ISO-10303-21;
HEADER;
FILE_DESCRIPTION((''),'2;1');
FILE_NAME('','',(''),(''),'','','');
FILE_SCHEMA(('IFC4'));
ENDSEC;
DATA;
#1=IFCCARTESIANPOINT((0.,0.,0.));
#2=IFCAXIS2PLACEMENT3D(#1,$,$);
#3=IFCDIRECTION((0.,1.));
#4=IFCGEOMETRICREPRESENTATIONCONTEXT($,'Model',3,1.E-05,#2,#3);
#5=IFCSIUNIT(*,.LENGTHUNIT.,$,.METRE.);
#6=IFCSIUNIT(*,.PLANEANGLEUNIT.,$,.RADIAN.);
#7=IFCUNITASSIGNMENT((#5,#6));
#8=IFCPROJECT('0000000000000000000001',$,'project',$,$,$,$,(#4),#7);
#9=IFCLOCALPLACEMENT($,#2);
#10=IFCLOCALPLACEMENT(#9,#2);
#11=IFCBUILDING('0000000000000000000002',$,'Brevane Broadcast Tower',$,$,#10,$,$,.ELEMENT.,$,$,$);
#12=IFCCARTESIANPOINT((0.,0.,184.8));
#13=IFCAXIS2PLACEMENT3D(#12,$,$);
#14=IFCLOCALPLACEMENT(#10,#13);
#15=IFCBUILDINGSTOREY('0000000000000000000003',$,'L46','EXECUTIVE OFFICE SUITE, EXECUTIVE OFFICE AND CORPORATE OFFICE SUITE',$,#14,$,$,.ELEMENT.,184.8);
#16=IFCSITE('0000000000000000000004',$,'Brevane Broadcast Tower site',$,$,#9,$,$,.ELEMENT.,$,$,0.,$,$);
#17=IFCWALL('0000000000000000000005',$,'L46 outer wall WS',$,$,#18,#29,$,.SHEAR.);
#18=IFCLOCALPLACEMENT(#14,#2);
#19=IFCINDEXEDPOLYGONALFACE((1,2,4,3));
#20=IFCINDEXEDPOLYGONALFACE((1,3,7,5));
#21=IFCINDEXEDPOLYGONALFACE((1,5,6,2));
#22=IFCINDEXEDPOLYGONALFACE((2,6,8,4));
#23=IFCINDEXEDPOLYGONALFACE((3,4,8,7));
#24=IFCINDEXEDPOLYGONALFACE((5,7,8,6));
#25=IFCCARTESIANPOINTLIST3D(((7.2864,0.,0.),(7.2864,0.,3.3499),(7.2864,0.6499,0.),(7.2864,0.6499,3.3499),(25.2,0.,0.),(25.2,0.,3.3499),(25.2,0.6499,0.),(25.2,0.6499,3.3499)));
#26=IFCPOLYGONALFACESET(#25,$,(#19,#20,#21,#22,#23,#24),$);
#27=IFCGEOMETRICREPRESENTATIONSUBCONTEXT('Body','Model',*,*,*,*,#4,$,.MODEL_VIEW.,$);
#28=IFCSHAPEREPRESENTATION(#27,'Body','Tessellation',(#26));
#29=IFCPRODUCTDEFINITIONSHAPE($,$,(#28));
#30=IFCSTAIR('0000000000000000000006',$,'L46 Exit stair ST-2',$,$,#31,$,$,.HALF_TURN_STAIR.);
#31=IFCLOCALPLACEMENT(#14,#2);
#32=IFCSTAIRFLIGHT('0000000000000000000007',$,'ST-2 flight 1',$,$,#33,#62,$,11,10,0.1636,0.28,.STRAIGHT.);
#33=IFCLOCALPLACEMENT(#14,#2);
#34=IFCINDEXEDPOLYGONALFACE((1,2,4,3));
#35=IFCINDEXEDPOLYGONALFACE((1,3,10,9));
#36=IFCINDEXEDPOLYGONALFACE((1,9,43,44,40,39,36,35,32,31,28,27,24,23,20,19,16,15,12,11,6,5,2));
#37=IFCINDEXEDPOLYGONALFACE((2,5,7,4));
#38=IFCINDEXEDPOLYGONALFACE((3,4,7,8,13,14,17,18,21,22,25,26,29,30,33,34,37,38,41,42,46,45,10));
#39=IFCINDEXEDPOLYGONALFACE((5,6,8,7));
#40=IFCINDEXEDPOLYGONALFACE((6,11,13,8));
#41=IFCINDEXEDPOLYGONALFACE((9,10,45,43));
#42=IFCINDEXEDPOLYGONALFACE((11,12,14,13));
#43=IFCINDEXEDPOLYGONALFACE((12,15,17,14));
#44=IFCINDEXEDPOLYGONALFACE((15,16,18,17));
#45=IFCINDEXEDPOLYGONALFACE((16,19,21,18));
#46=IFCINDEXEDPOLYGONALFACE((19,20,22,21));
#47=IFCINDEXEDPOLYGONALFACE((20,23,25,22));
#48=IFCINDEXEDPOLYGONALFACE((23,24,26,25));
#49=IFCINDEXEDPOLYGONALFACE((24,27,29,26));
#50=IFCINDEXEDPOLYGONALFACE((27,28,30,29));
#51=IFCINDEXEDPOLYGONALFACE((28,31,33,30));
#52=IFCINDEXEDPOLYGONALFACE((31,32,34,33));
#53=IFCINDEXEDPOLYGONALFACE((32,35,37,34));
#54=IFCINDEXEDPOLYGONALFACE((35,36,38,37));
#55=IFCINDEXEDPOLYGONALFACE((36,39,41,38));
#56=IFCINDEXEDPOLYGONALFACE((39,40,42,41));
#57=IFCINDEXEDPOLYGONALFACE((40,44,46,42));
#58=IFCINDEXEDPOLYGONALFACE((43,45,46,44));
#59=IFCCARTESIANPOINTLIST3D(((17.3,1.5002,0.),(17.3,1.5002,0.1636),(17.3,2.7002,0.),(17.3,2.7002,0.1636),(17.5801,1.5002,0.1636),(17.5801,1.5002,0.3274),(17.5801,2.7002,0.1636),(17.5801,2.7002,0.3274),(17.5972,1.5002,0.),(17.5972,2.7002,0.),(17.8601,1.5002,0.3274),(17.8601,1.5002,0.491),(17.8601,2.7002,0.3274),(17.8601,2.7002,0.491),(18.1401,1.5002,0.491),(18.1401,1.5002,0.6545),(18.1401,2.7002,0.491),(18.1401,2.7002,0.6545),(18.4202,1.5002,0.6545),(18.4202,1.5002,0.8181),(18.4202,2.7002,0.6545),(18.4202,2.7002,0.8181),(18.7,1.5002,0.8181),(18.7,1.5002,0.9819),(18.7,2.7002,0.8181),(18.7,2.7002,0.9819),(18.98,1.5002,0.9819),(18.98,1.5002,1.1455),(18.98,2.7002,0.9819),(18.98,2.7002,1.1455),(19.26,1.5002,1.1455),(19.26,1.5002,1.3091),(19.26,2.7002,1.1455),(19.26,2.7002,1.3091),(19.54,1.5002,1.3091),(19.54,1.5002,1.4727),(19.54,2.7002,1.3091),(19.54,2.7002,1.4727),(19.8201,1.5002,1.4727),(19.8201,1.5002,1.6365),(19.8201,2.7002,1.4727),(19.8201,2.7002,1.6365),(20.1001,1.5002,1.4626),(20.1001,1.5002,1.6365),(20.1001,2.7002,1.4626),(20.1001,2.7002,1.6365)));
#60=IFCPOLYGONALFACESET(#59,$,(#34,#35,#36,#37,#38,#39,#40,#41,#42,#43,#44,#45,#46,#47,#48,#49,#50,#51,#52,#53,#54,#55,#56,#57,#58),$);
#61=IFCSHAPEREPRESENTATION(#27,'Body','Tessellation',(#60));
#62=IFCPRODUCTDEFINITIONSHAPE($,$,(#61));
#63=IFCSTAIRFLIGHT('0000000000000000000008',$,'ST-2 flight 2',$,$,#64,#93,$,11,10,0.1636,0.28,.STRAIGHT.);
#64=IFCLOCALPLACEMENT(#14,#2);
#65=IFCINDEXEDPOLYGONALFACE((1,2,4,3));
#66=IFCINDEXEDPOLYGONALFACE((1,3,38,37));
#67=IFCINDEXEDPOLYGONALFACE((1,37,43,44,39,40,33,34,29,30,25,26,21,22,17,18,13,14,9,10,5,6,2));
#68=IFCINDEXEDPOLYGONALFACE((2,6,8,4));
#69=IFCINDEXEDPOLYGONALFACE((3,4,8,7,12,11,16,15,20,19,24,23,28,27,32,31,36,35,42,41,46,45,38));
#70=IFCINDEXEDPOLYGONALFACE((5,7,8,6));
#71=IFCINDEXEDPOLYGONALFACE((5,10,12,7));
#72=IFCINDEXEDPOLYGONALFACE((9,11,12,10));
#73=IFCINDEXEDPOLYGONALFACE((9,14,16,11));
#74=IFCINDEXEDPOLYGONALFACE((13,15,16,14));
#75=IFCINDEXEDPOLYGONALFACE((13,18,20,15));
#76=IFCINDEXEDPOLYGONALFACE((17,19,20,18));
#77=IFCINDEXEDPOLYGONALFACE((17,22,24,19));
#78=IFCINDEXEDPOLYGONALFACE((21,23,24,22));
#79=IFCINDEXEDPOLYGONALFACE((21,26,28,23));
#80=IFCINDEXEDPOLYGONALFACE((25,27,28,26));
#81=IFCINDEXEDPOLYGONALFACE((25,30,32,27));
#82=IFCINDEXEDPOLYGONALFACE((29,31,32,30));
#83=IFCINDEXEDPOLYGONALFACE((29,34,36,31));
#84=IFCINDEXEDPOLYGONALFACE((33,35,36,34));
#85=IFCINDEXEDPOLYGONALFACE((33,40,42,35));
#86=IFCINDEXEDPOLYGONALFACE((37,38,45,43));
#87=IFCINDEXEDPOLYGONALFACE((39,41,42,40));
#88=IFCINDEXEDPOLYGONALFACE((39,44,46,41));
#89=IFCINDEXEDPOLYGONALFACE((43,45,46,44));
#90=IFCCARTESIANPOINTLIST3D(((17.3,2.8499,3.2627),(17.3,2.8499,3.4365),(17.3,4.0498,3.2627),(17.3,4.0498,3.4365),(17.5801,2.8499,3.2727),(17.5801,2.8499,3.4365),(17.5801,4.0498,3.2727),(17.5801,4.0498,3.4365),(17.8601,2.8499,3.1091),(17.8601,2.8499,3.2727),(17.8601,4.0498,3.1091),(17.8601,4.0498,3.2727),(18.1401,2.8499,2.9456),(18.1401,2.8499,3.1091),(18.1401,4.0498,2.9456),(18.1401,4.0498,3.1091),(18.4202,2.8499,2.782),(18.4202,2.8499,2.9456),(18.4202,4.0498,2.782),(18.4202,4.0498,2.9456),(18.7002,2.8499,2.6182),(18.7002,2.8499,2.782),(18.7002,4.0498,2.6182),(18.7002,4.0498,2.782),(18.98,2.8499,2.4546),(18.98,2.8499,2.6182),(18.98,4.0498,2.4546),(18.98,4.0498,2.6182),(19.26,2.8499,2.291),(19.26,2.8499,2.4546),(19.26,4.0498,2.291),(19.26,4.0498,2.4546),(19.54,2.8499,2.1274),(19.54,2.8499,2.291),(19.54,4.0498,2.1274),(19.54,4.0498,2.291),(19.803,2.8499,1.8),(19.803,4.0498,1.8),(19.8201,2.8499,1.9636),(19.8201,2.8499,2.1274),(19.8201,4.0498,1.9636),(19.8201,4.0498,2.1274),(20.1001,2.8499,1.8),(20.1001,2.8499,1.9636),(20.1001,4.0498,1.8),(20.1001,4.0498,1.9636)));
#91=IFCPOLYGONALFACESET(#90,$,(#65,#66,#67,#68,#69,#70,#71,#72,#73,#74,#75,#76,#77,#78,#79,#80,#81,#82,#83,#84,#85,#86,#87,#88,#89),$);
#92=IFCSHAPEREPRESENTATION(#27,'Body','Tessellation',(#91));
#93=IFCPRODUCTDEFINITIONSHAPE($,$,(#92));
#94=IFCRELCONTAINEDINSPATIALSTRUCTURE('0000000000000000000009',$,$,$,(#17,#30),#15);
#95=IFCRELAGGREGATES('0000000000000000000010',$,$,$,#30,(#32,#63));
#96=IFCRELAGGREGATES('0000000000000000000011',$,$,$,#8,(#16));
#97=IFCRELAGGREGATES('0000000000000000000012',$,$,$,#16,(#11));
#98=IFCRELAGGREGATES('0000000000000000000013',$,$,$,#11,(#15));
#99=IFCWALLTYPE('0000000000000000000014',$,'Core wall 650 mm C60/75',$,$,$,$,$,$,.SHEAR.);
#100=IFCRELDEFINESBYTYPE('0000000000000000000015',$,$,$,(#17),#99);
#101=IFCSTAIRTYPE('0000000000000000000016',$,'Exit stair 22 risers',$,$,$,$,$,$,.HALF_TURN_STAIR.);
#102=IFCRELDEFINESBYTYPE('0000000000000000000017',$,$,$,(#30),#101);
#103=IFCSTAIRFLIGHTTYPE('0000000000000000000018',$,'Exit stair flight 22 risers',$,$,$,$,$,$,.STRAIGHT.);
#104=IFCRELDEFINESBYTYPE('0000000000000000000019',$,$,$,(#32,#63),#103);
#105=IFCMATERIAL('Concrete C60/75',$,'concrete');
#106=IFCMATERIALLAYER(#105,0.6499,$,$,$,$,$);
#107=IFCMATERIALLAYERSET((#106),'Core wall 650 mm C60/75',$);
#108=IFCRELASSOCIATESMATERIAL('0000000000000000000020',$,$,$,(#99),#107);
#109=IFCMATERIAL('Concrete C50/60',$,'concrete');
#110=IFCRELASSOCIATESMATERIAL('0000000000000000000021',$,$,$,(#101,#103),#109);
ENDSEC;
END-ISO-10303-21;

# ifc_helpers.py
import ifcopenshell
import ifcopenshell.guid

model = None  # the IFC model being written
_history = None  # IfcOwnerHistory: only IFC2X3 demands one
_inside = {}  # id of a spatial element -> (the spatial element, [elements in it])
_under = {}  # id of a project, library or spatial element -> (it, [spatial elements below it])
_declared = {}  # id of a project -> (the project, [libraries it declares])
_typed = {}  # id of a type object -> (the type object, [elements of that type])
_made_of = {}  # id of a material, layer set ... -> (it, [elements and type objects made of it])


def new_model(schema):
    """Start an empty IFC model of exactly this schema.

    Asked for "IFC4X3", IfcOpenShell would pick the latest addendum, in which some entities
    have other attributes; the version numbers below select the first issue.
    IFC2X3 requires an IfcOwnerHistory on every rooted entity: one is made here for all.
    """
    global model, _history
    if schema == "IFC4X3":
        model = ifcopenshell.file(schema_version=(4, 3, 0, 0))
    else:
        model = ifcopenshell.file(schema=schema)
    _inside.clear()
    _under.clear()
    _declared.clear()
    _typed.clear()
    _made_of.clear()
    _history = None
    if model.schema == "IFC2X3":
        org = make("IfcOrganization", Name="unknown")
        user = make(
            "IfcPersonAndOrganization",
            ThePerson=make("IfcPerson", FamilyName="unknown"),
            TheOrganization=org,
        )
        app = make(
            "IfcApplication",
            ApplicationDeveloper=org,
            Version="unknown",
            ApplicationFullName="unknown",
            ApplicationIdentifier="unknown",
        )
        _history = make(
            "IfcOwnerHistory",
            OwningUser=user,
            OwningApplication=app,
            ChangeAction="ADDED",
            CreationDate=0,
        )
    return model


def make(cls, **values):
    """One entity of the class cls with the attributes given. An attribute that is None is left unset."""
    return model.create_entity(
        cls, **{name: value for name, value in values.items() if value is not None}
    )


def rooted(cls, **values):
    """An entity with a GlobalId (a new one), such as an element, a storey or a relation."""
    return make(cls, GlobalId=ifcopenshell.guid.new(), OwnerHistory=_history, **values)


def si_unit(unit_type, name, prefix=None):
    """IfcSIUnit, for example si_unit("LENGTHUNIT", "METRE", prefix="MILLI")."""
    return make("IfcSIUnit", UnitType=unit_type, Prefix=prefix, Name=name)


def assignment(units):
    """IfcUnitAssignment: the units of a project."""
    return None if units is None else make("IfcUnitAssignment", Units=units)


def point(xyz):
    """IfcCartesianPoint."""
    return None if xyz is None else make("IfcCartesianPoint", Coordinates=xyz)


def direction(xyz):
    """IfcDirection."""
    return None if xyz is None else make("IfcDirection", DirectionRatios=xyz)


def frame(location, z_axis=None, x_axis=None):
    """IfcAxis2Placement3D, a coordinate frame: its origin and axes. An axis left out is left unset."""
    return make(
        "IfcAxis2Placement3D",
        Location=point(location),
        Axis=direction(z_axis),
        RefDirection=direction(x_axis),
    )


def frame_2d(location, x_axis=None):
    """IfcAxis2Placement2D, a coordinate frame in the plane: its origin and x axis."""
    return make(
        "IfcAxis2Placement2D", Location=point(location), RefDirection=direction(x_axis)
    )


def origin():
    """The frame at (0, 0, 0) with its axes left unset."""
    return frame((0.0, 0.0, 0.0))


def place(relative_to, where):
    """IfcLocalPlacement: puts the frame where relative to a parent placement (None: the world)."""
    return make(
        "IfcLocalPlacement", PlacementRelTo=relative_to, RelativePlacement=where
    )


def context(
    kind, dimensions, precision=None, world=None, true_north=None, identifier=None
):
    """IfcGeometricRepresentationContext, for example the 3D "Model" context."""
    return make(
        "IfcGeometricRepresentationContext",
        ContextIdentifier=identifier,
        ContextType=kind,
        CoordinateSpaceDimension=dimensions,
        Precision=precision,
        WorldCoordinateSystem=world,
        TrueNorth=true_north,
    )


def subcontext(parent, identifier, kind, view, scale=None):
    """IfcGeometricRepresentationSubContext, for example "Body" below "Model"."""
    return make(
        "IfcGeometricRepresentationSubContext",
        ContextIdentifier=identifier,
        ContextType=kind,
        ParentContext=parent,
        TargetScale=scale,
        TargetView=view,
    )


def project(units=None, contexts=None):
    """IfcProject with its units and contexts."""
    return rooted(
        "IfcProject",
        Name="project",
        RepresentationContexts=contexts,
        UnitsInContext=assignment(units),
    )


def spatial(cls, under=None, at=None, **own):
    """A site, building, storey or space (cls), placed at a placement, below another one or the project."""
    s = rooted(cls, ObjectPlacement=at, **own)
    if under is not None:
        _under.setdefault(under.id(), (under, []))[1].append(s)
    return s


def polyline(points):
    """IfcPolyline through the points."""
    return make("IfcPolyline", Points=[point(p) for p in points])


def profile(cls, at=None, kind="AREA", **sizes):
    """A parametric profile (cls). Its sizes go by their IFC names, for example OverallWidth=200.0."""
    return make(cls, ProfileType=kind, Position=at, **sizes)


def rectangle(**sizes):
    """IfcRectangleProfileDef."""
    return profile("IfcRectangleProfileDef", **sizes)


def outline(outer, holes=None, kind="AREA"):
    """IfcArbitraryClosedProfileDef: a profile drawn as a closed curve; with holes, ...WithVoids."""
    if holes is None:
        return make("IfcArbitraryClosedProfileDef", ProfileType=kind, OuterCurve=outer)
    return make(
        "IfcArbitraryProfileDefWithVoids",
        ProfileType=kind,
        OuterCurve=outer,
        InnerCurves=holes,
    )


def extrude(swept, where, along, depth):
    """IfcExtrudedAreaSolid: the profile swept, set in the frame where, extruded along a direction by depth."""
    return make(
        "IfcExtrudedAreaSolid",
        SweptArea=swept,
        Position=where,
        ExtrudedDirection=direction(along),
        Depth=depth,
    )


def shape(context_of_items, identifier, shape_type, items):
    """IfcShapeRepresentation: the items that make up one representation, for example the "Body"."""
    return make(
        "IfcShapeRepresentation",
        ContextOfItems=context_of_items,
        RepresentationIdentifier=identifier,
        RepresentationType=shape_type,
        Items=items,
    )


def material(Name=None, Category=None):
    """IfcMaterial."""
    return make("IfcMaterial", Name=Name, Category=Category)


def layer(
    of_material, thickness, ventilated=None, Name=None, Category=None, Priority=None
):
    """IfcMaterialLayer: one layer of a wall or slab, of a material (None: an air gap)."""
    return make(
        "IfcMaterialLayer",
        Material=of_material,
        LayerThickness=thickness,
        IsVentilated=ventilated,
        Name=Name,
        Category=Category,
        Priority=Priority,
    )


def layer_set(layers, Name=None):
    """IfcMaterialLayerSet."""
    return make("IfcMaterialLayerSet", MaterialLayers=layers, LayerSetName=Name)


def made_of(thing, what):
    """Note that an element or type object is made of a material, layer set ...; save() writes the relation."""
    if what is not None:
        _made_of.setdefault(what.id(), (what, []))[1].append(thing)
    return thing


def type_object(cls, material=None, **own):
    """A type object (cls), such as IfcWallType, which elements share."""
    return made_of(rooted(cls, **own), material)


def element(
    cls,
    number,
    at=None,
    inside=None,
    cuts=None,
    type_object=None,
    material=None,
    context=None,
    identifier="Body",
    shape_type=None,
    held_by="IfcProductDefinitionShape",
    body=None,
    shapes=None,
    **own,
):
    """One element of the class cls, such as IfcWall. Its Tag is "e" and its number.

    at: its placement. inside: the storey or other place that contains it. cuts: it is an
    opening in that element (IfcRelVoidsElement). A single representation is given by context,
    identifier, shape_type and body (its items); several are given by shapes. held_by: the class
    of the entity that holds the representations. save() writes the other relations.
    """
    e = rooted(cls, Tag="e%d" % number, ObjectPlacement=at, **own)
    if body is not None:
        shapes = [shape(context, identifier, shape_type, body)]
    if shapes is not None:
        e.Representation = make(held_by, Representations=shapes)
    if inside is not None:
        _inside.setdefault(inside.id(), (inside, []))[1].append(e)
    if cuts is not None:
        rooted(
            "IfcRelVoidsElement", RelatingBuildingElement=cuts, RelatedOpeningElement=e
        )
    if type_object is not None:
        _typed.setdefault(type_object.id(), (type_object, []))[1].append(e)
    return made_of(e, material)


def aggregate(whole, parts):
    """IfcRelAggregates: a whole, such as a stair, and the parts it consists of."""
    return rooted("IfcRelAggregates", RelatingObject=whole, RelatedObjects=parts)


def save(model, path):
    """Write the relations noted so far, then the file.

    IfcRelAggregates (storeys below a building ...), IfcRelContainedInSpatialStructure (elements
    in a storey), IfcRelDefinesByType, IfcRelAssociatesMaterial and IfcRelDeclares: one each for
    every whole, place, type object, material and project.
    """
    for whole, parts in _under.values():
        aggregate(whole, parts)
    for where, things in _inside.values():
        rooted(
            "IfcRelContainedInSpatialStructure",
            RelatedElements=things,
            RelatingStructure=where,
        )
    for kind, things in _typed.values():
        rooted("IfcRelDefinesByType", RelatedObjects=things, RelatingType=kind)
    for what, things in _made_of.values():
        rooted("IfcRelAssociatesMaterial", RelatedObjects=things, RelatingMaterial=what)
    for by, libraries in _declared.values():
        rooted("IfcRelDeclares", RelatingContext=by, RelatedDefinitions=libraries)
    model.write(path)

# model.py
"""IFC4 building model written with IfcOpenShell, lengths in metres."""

from ifc_helpers import new_model, si_unit, direction, frame, frame_2d, origin, place, context, subcontext, project, spatial, polyline, rectangle, outline, extrude, material, layer, layer_set, type_object, element, aggregate, save


model = new_model("IFC4")

# Units and contexts
model_context = context("Model", 3, precision=1e-05, world=origin(), true_north=direction((0.0, 1.0)))
body_context = subcontext(model_context, "Body", "Model", "MODEL_VIEW")
ifc_project = project(units=[si_unit("LENGTHUNIT", "METRE"), si_unit("PLANEANGLEUNIT", "RADIAN")], contexts=[model_context])

# Site, building, storey
site_placement = place(None, origin())
site = spatial("IfcSite", under=ifc_project, at=site_placement, Name="Brevane Broadcast Tower site", CompositionType="ELEMENT", RefElevation=0.0)
building_placement = place(site_placement, origin())
building = spatial("IfcBuilding", under=site, at=building_placement, Name="Brevane Broadcast Tower", CompositionType="ELEMENT")
storey_placement = place(building_placement, frame((0.0, 0.0, 184.8)))
storey = spatial("IfcBuildingStorey", under=building, at=storey_placement, Name="L46", Description="EXECUTIVE OFFICE SUITE, EXECUTIVE OFFICE AND CORPORATE OFFICE SUITE", CompositionType="ELEMENT", Elevation=184.8)

# Shared definitions
ifc_material_1 = material(Name="Concrete C60/75", Category="concrete")

# Wall
ifc_layer_1 = layer(ifc_material_1, 0.6499)
ifc_layer_set_1 = layer_set([ifc_layer_1], Name="Core wall 650 mm C60/75")
wall_type_1 = type_object("IfcWallType", Name="Core wall 650 mm C60/75", PredefinedType="SHEAR", material=ifc_layer_set_1)
wall_1_placement = place(storey_placement, frame((7.2864, 0.325, 0.0), z_axis=(0.0, 0.0, 1.0), x_axis=(1.0, 0.0, 0.0)))
element("IfcWall", 1, at=wall_1_placement, inside=storey, type_object=wall_type_1, Name="L46 outer wall WS", PredefinedType="SHEAR", context=body_context, shape_type="SweptSolid", body=[
    extrude(rectangle(XDim=17.9136, YDim=0.6499, at=frame_2d((8.9568, 0.0))), origin(), (0.0, 0.0, 1.0), 3.3499),
])

# Stair, stair flights
ifc_material_2 = material(Name="Concrete C50/60", Category="concrete")
stair_type = type_object("IfcStairType", Name="Exit stair 22 risers", PredefinedType="HALF_TURN_STAIR", material=ifc_material_2)
stair_placement = place(storey_placement, origin())
stair = element("IfcStair", 2, at=stair_placement, inside=storey, type_object=stair_type, Name="L46 Exit stair ST-2", PredefinedType="HALF_TURN_STAIR")
stair_flight_type = type_object("IfcStairFlightType", Name="Exit stair flight 22 risers", PredefinedType="STRAIGHT", material=ifc_material_2)
stair_flight_1_placement = place(storey_placement, frame((17.3, 2.1001, 0.0), z_axis=(0.0, 0.0, 1.0), x_axis=(1.0, 0.0, 0.0)))
stair_flight_1 = element("IfcStairFlight", 3, at=stair_flight_1_placement, type_object=stair_flight_type, Name="ST-2 flight 1", NumberOfRisers=11, NumberOfTreads=10, PredefinedType="STRAIGHT", RiserHeight=0.1636, TreadLength=0.28, context=body_context, shape_type="SweptSolid", body=[
    extrude(outline(polyline([(0.0, 0.0), (0.0, 0.1636), (0.28, 0.1636), (0.28, 0.3274), (0.5601, 0.3274), (0.5601, 0.491), (0.8401, 0.491), (0.8401, 0.6545), (1.1201, 0.6545), (1.1201, 0.8181), (1.3999, 0.8181), (1.3999, 0.9819), (1.6799, 0.9819), (1.6799, 1.1455), (1.96, 1.1455), (1.96, 1.3091), (2.24, 1.3091), (2.24, 1.4727), (2.52, 1.4727), (2.52, 1.6365), (2.8, 1.6365), (2.8, 1.8), (2.8, 1.4626), (0.2971, 0.0), (0.0, 0.0)])), frame((0.0, 0.6001, 0.0), z_axis=(0.0, -1.0, 0.0), x_axis=(1.0, 0.0, 0.0)), (0.0, 0.0, 1.0), 1.2),
])
stair_flight_2_placement = place(storey_placement, frame((20.1001, 3.45, 1.8), z_axis=(0.0, 0.0, 1.0), x_axis=(-1.0, 0.0, 0.0)))
stair_flight_2 = element("IfcStairFlight", 4, at=stair_flight_2_placement, type_object=stair_flight_type, Name="ST-2 flight 2", NumberOfRisers=11, NumberOfTreads=10, PredefinedType="STRAIGHT", RiserHeight=0.1636, TreadLength=0.28, context=body_context, shape_type="SweptSolid", body=[
    extrude(outline(polyline([(0.0, 0.0), (0.0, 0.1636), (0.28, 0.1636), (0.28, 0.3274), (0.5601, 0.3274), (0.5601, 0.491), (0.8401, 0.491), (0.8401, 0.6545), (1.1201, 0.6545), (1.1201, 0.8181), (1.3999, 0.8181), (1.3999, 0.9819), (1.6799, 0.9819), (1.6799, 1.1455), (1.96, 1.1455), (1.96, 1.3091), (2.24, 1.3091), (2.24, 1.4727), (2.52, 1.4727), (2.52, 1.6365), (2.8, 1.6365), (2.8, 1.8), (2.8, 1.4626), (0.2971, 0.0), (0.0, 0.0)])), frame((0.0, 0.6001, 0.0), z_axis=(0.0, -1.0, 0.0), x_axis=(1.0, 0.0, 0.0)), (0.0, 0.0, 1.0), 1.2),
])
aggregate(stair, [stair_flight_1, stair_flight_2])

save(model, "model.ifc")
